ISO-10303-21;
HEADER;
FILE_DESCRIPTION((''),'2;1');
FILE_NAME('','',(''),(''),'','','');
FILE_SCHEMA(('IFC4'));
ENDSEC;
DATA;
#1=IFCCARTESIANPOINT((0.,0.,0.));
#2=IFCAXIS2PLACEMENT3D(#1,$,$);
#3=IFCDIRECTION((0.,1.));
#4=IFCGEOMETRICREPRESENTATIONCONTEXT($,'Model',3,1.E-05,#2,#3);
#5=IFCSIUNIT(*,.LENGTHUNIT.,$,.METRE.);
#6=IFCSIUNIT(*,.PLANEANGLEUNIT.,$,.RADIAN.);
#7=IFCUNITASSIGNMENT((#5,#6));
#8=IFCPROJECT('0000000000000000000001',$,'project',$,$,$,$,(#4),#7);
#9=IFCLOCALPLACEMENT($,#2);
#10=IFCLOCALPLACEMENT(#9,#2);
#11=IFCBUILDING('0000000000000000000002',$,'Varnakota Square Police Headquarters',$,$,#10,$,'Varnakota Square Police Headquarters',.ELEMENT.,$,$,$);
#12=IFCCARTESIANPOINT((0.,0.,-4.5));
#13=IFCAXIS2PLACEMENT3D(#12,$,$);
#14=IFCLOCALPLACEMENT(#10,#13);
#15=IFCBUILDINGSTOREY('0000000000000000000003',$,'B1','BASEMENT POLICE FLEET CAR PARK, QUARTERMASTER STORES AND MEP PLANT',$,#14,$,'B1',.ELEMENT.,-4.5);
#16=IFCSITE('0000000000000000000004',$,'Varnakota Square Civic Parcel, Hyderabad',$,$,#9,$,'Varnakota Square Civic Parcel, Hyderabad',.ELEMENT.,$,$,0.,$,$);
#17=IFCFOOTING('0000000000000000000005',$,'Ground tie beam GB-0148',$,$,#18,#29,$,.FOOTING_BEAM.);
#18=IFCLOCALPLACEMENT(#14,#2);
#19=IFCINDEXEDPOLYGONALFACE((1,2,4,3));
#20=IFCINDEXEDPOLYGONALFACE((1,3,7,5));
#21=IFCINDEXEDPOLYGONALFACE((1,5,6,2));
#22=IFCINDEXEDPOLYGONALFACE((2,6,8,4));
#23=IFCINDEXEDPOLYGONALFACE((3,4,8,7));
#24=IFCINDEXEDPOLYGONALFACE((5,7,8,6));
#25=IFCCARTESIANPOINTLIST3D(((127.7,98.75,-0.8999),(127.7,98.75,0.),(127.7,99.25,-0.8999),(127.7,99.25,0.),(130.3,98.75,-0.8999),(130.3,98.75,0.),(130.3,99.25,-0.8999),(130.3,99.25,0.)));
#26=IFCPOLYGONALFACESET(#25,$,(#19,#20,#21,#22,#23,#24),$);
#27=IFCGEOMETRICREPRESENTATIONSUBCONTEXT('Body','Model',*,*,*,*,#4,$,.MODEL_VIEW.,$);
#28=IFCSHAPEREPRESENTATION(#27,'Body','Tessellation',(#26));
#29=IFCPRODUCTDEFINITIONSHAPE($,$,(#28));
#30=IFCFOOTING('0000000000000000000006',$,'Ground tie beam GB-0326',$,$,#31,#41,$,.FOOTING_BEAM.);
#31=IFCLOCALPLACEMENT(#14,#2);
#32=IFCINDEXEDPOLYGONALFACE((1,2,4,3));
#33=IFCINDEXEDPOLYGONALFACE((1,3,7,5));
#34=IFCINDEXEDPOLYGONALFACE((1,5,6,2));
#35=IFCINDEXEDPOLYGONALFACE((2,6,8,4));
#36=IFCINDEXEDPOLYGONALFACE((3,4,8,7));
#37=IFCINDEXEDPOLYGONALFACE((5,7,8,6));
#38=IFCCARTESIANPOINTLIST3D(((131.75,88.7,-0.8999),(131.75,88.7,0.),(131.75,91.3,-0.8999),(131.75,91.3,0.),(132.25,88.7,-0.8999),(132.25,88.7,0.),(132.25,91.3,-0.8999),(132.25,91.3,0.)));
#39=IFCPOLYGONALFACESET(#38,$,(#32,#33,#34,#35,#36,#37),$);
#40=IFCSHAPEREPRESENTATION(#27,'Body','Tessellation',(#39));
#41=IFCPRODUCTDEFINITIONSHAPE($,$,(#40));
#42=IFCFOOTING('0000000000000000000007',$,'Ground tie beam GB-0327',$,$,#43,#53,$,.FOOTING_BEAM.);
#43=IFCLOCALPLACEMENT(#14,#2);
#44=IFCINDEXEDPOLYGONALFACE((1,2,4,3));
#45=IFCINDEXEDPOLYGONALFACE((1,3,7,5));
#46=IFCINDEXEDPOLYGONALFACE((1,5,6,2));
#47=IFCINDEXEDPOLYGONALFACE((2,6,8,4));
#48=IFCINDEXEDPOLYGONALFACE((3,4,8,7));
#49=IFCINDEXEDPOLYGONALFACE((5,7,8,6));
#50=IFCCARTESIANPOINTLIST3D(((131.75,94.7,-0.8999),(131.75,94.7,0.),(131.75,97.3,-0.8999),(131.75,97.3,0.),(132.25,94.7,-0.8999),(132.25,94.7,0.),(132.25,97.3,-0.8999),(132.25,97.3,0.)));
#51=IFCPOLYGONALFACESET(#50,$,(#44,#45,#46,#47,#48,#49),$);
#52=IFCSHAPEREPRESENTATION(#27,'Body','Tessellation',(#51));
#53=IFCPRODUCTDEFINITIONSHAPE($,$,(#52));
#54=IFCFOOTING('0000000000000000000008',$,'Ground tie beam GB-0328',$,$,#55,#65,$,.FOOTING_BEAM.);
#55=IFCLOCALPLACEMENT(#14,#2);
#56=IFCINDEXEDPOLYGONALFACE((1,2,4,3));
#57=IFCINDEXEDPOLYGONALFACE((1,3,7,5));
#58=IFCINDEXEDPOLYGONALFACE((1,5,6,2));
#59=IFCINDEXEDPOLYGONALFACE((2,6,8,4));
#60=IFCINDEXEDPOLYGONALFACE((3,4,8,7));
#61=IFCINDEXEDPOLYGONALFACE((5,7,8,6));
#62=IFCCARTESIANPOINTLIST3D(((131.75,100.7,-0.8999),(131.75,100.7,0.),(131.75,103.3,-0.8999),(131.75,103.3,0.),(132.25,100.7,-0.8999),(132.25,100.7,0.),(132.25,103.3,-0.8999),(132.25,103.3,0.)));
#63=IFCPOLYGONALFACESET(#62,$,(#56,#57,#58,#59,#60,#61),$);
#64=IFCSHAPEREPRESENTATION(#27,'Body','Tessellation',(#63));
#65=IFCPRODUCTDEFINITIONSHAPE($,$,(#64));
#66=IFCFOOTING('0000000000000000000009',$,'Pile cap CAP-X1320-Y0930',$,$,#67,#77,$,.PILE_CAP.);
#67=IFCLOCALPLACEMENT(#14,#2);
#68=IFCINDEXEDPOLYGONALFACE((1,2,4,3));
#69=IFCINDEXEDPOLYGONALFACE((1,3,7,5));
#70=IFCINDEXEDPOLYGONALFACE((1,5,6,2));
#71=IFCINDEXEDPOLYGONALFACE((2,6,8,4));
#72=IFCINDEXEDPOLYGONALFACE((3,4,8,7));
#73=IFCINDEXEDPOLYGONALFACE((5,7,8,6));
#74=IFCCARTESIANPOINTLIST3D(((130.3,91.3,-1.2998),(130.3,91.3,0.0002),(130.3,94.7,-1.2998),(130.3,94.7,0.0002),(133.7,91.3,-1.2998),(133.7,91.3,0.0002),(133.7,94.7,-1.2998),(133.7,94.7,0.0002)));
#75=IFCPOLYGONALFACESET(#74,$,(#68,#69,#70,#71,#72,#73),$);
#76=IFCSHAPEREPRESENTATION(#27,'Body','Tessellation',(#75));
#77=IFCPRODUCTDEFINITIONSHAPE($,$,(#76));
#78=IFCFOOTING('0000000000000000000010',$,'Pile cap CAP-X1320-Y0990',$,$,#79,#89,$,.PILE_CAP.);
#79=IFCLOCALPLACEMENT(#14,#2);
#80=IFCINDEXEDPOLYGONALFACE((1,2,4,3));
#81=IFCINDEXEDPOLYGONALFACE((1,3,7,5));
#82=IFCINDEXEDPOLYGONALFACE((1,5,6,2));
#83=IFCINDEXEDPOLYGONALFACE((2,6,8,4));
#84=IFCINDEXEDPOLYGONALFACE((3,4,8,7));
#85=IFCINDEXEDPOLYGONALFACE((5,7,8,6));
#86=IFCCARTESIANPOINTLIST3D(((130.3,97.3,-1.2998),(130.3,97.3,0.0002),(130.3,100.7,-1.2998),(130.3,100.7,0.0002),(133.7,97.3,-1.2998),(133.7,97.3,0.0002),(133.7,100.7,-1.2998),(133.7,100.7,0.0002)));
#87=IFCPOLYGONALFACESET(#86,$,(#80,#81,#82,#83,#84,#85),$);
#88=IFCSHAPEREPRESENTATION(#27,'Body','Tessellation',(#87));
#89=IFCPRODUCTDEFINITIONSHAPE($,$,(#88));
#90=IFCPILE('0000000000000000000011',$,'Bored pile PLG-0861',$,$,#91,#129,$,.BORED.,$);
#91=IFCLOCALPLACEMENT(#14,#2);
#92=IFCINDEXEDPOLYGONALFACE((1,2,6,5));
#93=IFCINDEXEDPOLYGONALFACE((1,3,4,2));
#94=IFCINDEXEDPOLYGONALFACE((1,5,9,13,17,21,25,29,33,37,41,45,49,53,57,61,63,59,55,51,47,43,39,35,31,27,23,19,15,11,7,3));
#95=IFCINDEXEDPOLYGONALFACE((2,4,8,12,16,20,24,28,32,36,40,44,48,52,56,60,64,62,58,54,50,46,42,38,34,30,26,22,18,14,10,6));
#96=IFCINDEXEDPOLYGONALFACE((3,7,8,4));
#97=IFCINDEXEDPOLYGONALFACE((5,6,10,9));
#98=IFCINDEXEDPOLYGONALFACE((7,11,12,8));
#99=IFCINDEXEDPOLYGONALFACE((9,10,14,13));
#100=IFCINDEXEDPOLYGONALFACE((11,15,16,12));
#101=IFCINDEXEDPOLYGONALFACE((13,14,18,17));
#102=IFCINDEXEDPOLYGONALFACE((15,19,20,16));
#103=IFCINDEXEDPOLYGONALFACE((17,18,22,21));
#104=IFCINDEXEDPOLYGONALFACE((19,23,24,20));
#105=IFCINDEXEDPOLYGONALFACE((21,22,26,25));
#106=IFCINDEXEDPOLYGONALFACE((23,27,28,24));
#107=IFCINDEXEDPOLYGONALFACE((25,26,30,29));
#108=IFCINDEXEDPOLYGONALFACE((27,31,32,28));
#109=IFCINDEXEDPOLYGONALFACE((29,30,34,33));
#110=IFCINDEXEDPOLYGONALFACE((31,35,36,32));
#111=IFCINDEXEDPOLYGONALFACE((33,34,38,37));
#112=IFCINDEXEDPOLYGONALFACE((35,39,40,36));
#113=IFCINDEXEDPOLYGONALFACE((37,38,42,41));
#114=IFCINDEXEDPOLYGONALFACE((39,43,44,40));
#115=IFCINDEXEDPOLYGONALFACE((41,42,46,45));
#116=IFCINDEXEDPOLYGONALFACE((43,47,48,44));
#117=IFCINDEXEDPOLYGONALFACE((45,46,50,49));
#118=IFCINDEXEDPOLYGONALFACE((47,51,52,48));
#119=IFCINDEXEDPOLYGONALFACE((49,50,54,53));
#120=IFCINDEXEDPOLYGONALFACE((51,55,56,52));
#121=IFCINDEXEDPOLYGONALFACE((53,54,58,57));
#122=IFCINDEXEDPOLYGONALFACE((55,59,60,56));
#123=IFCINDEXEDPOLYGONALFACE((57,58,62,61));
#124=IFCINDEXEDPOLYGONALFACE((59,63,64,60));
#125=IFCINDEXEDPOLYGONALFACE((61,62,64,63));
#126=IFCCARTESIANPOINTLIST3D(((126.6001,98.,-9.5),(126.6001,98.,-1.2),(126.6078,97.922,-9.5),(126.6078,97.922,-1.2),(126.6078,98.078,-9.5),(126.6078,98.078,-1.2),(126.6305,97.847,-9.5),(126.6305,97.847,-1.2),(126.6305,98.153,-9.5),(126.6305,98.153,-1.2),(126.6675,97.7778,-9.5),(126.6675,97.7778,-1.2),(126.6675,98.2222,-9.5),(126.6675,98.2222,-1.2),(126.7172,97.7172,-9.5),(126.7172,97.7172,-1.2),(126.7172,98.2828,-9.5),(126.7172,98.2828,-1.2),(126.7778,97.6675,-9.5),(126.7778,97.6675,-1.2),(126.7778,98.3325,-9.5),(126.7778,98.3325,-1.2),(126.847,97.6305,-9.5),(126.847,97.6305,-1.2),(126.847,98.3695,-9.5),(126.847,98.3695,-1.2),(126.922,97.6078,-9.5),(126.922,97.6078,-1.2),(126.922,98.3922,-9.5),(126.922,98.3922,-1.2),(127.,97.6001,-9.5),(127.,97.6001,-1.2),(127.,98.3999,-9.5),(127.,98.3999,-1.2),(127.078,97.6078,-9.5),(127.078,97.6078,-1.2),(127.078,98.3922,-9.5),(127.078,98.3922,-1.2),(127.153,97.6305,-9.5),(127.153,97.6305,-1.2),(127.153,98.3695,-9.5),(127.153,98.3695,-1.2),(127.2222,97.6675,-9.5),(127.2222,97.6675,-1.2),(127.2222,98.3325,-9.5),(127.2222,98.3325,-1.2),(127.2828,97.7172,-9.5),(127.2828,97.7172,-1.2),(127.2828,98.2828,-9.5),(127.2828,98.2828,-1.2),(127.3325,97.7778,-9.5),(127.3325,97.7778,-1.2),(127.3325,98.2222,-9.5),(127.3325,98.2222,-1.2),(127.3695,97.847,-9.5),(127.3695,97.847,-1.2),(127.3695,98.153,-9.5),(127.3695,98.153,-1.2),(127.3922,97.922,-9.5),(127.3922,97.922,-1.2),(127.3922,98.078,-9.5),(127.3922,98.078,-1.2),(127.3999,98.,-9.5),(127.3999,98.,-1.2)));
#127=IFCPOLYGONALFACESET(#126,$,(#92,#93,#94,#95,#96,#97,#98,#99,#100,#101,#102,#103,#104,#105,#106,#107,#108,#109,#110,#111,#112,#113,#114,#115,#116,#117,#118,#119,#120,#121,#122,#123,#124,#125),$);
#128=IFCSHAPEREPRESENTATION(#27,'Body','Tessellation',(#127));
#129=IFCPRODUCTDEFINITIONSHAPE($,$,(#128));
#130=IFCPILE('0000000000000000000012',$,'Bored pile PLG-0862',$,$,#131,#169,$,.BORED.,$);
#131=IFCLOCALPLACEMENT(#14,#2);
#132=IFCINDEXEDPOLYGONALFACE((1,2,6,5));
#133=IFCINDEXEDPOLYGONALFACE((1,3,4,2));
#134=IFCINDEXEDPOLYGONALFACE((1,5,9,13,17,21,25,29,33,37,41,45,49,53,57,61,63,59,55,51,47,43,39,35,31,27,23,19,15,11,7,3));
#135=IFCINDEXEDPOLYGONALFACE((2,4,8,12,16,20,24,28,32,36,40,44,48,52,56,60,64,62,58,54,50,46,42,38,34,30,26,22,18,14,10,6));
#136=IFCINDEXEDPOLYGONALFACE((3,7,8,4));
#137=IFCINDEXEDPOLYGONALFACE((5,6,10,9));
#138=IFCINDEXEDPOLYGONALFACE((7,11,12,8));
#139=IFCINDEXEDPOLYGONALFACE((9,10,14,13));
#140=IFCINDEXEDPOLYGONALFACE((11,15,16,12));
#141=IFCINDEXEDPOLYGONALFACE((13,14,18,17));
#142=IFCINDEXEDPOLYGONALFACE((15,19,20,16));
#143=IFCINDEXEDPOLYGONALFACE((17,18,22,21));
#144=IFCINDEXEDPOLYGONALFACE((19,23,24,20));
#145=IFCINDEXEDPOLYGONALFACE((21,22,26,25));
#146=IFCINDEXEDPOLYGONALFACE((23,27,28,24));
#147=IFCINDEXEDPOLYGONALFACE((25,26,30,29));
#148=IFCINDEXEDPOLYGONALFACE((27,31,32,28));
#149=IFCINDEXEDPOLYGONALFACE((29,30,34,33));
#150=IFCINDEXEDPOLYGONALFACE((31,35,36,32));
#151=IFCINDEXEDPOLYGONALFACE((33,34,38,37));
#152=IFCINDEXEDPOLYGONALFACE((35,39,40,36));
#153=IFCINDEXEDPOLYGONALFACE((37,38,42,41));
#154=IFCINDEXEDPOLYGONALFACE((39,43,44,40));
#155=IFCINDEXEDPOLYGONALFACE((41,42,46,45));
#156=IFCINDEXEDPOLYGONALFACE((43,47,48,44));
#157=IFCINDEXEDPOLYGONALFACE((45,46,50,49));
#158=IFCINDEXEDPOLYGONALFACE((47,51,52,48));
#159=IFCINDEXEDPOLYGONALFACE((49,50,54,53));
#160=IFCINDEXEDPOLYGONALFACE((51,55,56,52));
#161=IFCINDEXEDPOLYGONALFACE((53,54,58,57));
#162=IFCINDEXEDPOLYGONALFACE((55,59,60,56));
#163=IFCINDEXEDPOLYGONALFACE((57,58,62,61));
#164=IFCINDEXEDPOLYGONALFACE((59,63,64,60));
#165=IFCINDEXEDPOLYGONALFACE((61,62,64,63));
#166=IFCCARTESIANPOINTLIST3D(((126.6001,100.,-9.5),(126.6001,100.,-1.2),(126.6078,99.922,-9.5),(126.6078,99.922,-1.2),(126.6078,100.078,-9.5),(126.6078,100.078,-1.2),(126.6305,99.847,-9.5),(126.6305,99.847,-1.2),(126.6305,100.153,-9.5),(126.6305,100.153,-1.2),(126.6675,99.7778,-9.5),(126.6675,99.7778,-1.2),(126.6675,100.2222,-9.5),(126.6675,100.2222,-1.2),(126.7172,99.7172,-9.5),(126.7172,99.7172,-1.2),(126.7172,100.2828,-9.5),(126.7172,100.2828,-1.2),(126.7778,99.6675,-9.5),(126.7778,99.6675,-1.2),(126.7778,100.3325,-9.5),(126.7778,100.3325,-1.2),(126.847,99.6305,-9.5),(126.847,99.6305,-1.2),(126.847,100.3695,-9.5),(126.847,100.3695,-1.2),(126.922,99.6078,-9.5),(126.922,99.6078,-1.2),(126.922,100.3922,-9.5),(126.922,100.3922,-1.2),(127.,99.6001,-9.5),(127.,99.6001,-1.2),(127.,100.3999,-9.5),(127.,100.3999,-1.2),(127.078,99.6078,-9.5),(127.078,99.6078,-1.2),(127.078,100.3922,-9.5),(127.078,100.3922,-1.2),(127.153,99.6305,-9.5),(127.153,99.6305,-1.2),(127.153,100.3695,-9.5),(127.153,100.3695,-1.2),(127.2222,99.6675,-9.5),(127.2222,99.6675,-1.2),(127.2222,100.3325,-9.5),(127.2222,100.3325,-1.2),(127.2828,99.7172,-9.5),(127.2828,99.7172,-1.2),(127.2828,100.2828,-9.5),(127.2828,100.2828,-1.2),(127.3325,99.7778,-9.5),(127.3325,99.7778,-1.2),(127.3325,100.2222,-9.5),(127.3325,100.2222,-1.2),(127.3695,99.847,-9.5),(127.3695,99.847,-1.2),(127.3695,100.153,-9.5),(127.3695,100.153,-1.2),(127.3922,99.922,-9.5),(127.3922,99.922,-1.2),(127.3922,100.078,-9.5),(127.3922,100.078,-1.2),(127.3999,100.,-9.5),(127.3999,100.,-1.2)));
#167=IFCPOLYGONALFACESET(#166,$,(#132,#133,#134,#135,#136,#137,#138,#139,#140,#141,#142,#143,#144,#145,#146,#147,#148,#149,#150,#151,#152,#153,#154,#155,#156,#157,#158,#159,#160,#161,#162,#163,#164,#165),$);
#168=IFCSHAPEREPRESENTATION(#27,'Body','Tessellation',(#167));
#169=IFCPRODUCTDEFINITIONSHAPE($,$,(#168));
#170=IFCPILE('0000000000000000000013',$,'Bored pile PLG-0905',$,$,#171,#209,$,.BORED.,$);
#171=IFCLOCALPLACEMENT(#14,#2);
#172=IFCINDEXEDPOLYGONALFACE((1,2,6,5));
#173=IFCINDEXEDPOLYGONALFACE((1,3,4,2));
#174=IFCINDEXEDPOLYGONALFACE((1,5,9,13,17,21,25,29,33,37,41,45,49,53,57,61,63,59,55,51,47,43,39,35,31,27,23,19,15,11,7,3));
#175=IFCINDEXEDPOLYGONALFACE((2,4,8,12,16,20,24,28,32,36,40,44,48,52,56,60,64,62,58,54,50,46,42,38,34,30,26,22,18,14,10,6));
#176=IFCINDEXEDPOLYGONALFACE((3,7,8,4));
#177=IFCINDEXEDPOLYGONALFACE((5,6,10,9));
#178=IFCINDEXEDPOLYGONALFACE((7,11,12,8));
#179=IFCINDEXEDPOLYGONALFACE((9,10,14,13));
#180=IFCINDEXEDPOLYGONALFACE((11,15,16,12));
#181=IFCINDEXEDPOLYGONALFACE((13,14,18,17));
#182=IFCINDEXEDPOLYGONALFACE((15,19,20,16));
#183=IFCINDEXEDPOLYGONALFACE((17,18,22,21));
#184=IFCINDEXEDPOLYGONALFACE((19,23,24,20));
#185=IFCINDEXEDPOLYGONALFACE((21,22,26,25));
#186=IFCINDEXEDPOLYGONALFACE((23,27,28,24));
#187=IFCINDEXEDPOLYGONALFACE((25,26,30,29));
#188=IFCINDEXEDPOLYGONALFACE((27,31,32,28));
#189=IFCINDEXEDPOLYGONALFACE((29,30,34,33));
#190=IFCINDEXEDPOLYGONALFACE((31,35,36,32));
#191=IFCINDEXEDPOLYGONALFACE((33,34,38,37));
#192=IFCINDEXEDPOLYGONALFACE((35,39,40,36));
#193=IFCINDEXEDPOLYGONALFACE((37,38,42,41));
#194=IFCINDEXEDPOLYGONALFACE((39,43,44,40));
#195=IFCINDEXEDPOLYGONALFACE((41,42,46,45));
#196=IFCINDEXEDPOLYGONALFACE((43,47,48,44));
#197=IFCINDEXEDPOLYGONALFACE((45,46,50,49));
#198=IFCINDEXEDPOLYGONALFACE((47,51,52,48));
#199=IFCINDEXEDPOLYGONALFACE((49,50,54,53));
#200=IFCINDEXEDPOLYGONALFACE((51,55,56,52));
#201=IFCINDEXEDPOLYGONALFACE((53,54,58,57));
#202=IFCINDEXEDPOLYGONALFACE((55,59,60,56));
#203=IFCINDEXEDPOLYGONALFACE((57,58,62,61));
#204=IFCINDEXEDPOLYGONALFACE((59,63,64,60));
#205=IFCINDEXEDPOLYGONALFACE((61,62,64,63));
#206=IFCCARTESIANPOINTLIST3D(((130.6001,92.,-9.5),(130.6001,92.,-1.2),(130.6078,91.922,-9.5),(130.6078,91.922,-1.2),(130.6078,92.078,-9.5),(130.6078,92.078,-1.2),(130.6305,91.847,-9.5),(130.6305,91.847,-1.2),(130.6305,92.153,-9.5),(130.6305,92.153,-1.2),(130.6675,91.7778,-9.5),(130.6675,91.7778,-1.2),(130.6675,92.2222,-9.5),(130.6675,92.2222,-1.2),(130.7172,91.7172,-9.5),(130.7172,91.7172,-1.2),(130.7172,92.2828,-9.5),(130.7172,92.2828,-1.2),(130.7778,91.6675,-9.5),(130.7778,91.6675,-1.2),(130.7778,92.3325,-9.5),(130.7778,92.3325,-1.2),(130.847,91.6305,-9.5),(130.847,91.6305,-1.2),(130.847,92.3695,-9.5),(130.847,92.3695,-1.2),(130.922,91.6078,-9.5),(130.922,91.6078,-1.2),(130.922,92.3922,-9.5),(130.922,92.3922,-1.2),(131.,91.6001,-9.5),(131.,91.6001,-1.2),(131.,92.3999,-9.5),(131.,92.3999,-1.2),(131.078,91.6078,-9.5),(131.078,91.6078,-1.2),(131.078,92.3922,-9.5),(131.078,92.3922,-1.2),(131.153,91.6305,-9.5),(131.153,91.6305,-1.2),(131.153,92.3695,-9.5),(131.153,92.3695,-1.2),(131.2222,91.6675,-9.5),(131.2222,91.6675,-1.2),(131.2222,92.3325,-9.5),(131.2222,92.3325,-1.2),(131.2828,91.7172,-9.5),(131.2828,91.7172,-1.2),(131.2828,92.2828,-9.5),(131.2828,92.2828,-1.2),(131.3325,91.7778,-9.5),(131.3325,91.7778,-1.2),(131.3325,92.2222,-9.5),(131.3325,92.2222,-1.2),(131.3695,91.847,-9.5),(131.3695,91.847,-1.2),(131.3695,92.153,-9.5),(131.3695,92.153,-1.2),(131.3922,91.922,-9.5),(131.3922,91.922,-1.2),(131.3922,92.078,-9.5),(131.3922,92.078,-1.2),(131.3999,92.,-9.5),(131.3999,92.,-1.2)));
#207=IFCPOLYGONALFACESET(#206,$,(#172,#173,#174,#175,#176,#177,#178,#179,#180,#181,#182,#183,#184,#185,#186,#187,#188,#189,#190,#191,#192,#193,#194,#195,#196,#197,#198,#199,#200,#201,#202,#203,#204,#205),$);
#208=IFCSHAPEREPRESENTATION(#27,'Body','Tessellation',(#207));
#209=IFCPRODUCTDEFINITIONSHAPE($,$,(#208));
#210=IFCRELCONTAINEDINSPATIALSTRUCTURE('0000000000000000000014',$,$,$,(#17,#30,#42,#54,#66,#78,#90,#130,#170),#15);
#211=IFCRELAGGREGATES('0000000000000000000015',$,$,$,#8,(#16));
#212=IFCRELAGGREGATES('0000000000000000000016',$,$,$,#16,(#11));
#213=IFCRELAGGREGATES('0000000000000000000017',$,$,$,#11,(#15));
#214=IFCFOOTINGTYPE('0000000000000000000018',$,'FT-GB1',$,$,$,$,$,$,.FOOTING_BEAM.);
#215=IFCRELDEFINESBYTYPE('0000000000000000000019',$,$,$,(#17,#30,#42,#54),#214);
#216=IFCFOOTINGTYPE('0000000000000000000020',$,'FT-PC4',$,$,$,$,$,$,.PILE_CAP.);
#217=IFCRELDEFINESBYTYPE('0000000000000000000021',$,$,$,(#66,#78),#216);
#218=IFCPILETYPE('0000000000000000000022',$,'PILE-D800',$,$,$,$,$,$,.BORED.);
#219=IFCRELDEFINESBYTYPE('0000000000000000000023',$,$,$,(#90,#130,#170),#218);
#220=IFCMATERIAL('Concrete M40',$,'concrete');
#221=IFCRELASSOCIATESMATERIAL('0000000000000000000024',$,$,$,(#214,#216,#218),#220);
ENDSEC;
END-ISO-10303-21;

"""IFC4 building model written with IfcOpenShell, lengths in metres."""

from ifc_helpers import new_model, si_unit, direction, frame, origin, origin_2d, place, context, subcontext, project, spatial, rectangle, circle, extrude, material, material_profile, profile_set, type_object, element, save


model = new_model("IFC4")

# Units and contexts
model_context = context("Model", 3, precision=1e-05, world=origin(), true_north=direction((0.0, 1.0)))
body_context = subcontext(model_context, "Body", "Model", "MODEL_VIEW")
ifc_project = project(units=[si_unit("LENGTHUNIT", "METRE"), si_unit("PLANEANGLEUNIT", "RADIAN")], contexts=[model_context])

# Site, building, storey
site_placement = place(None, origin())
site = spatial("IfcSite", under=ifc_project, at=site_placement, Name="Varnakota Square Civic Parcel, Hyderabad", LongName="Varnakota Square Civic Parcel, Hyderabad", CompositionType="ELEMENT", RefElevation=0.0)
building_placement = place(site_placement, origin())
building = spatial("IfcBuilding", under=site, at=building_placement, Name="Varnakota Square Police Headquarters", LongName="Varnakota Square Police Headquarters", CompositionType="ELEMENT")
storey_placement = place(building_placement, frame((0.0, 0.0, -4.5)))
storey = spatial("IfcBuildingStorey", under=building, at=storey_placement, Name="B1", Description="BASEMENT POLICE FLEET CAR PARK, QUARTERMASTER STORES AND MEP PLANT", LongName="B1", CompositionType="ELEMENT", Elevation=-4.5)

# Footings
ifc_material_1 = material(Name="Concrete M40", Category="concrete")
ifc_material_profile_1 = material_profile(ifc_material_1, rectangle(XDim=0.5, YDim=0.8999, at=origin_2d()), Name="GB 500x900")
ifc_profile_set_1 = profile_set([ifc_material_profile_1], Name="Concrete M40")
footing_type_1 = type_object("IfcFootingType", Name="FT-GB1", PredefinedType="FOOTING_BEAM", material=ifc_profile_set_1)
for number, where, z_axis, x_axis, name in (
    (1, (127.7, 99.0, -0.45), (1.0, 0.0, 0.0), (0.0, 1.0, 0.0), "Ground tie beam GB-0148"),
    (2, (132.0, 88.7, -0.45), (0.0, 1.0, 0.0), (-1.0, 0.0, 0.0), "Ground tie beam GB-0326"),
    (3, (132.0, 94.7, -0.45), (0.0, 1.0, 0.0), (-1.0, 0.0, 0.0), "Ground tie beam GB-0327"),
    (4, (132.0, 100.7, -0.45), (0.0, 1.0, 0.0), (-1.0, 0.0, 0.0), "Ground tie beam GB-0328"),
):
    element("IfcFooting", number, at=place(storey_placement, frame(where, z_axis=z_axis, x_axis=x_axis)), inside=storey, type_object=footing_type_1, Name=name, PredefinedType="FOOTING_BEAM", context=body_context, shape_type="SweptSolid", body=[
        extrude(rectangle(XDim=0.5, YDim=0.8999, at=origin_2d()), origin(), (0.0, 0.0, 1.0), 2.6001),
    ])
footing_type_2 = type_object("IfcFootingType", Name="FT-PC4", PredefinedType="PILE_CAP", material=ifc_material_1)
for number, where, z_axis, x_axis, name in (
    (5, (132.0, 93.0, -1.2998), (0.0, 0.0, 1.0), (1.0, 0.0, 0.0), "Pile cap CAP-X1320-Y0930"),
    (6, (132.0, 99.0, -1.2998), (0.0, 0.0, 1.0), (1.0, 0.0, 0.0), "Pile cap CAP-X1320-Y0990"),
):
    element("IfcFooting", number, at=place(storey_placement, frame(where, z_axis=z_axis, x_axis=x_axis)), inside=storey, type_object=footing_type_2, Name=name, PredefinedType="PILE_CAP", context=body_context, shape_type="SweptSolid", body=[
        extrude(rectangle(XDim=3.3999, YDim=3.3999, at=origin_2d()), origin(), (0.0, 0.0, 1.0), 1.3),
    ])

# Piles
ifc_material_profile_2 = material_profile(ifc_material_1, circle(Radius=0.3999, at=origin_2d()), Name="BORED PILE 800")
ifc_profile_set_2 = profile_set([ifc_material_profile_2], Name="Concrete M40")
pile_type = type_object("IfcPileType", Name="PILE-D800", PredefinedType="BORED", material=ifc_profile_set_2)
for number, where, z_axis, x_axis, name in (
    (7, (127.0, 98.0, -1.2), (0.0, 0.0, -1.0), (1.0, 0.0, 0.0), "Bored pile PLG-0861"),
    (8, (127.0, 100.0, -1.2), (0.0, 0.0, -1.0), (1.0, 0.0, 0.0), "Bored pile PLG-0862"),
    (9, (131.0, 92.0, -1.2), (0.0, 0.0, -1.0), (1.0, 0.0, 0.0), "Bored pile PLG-0905"),
):
    element("IfcPile", number, at=place(storey_placement, frame(where, z_axis=z_axis, x_axis=x_axis)), inside=storey, type_object=pile_type, Name=name, PredefinedType="BORED", context=body_context, shape_type="SweptSolid", body=[
        extrude(circle(Radius=0.3999, at=origin_2d()), origin(), (0.0, 0.0, 1.0), 8.3),
    ])

save(model, "model.ifc")
